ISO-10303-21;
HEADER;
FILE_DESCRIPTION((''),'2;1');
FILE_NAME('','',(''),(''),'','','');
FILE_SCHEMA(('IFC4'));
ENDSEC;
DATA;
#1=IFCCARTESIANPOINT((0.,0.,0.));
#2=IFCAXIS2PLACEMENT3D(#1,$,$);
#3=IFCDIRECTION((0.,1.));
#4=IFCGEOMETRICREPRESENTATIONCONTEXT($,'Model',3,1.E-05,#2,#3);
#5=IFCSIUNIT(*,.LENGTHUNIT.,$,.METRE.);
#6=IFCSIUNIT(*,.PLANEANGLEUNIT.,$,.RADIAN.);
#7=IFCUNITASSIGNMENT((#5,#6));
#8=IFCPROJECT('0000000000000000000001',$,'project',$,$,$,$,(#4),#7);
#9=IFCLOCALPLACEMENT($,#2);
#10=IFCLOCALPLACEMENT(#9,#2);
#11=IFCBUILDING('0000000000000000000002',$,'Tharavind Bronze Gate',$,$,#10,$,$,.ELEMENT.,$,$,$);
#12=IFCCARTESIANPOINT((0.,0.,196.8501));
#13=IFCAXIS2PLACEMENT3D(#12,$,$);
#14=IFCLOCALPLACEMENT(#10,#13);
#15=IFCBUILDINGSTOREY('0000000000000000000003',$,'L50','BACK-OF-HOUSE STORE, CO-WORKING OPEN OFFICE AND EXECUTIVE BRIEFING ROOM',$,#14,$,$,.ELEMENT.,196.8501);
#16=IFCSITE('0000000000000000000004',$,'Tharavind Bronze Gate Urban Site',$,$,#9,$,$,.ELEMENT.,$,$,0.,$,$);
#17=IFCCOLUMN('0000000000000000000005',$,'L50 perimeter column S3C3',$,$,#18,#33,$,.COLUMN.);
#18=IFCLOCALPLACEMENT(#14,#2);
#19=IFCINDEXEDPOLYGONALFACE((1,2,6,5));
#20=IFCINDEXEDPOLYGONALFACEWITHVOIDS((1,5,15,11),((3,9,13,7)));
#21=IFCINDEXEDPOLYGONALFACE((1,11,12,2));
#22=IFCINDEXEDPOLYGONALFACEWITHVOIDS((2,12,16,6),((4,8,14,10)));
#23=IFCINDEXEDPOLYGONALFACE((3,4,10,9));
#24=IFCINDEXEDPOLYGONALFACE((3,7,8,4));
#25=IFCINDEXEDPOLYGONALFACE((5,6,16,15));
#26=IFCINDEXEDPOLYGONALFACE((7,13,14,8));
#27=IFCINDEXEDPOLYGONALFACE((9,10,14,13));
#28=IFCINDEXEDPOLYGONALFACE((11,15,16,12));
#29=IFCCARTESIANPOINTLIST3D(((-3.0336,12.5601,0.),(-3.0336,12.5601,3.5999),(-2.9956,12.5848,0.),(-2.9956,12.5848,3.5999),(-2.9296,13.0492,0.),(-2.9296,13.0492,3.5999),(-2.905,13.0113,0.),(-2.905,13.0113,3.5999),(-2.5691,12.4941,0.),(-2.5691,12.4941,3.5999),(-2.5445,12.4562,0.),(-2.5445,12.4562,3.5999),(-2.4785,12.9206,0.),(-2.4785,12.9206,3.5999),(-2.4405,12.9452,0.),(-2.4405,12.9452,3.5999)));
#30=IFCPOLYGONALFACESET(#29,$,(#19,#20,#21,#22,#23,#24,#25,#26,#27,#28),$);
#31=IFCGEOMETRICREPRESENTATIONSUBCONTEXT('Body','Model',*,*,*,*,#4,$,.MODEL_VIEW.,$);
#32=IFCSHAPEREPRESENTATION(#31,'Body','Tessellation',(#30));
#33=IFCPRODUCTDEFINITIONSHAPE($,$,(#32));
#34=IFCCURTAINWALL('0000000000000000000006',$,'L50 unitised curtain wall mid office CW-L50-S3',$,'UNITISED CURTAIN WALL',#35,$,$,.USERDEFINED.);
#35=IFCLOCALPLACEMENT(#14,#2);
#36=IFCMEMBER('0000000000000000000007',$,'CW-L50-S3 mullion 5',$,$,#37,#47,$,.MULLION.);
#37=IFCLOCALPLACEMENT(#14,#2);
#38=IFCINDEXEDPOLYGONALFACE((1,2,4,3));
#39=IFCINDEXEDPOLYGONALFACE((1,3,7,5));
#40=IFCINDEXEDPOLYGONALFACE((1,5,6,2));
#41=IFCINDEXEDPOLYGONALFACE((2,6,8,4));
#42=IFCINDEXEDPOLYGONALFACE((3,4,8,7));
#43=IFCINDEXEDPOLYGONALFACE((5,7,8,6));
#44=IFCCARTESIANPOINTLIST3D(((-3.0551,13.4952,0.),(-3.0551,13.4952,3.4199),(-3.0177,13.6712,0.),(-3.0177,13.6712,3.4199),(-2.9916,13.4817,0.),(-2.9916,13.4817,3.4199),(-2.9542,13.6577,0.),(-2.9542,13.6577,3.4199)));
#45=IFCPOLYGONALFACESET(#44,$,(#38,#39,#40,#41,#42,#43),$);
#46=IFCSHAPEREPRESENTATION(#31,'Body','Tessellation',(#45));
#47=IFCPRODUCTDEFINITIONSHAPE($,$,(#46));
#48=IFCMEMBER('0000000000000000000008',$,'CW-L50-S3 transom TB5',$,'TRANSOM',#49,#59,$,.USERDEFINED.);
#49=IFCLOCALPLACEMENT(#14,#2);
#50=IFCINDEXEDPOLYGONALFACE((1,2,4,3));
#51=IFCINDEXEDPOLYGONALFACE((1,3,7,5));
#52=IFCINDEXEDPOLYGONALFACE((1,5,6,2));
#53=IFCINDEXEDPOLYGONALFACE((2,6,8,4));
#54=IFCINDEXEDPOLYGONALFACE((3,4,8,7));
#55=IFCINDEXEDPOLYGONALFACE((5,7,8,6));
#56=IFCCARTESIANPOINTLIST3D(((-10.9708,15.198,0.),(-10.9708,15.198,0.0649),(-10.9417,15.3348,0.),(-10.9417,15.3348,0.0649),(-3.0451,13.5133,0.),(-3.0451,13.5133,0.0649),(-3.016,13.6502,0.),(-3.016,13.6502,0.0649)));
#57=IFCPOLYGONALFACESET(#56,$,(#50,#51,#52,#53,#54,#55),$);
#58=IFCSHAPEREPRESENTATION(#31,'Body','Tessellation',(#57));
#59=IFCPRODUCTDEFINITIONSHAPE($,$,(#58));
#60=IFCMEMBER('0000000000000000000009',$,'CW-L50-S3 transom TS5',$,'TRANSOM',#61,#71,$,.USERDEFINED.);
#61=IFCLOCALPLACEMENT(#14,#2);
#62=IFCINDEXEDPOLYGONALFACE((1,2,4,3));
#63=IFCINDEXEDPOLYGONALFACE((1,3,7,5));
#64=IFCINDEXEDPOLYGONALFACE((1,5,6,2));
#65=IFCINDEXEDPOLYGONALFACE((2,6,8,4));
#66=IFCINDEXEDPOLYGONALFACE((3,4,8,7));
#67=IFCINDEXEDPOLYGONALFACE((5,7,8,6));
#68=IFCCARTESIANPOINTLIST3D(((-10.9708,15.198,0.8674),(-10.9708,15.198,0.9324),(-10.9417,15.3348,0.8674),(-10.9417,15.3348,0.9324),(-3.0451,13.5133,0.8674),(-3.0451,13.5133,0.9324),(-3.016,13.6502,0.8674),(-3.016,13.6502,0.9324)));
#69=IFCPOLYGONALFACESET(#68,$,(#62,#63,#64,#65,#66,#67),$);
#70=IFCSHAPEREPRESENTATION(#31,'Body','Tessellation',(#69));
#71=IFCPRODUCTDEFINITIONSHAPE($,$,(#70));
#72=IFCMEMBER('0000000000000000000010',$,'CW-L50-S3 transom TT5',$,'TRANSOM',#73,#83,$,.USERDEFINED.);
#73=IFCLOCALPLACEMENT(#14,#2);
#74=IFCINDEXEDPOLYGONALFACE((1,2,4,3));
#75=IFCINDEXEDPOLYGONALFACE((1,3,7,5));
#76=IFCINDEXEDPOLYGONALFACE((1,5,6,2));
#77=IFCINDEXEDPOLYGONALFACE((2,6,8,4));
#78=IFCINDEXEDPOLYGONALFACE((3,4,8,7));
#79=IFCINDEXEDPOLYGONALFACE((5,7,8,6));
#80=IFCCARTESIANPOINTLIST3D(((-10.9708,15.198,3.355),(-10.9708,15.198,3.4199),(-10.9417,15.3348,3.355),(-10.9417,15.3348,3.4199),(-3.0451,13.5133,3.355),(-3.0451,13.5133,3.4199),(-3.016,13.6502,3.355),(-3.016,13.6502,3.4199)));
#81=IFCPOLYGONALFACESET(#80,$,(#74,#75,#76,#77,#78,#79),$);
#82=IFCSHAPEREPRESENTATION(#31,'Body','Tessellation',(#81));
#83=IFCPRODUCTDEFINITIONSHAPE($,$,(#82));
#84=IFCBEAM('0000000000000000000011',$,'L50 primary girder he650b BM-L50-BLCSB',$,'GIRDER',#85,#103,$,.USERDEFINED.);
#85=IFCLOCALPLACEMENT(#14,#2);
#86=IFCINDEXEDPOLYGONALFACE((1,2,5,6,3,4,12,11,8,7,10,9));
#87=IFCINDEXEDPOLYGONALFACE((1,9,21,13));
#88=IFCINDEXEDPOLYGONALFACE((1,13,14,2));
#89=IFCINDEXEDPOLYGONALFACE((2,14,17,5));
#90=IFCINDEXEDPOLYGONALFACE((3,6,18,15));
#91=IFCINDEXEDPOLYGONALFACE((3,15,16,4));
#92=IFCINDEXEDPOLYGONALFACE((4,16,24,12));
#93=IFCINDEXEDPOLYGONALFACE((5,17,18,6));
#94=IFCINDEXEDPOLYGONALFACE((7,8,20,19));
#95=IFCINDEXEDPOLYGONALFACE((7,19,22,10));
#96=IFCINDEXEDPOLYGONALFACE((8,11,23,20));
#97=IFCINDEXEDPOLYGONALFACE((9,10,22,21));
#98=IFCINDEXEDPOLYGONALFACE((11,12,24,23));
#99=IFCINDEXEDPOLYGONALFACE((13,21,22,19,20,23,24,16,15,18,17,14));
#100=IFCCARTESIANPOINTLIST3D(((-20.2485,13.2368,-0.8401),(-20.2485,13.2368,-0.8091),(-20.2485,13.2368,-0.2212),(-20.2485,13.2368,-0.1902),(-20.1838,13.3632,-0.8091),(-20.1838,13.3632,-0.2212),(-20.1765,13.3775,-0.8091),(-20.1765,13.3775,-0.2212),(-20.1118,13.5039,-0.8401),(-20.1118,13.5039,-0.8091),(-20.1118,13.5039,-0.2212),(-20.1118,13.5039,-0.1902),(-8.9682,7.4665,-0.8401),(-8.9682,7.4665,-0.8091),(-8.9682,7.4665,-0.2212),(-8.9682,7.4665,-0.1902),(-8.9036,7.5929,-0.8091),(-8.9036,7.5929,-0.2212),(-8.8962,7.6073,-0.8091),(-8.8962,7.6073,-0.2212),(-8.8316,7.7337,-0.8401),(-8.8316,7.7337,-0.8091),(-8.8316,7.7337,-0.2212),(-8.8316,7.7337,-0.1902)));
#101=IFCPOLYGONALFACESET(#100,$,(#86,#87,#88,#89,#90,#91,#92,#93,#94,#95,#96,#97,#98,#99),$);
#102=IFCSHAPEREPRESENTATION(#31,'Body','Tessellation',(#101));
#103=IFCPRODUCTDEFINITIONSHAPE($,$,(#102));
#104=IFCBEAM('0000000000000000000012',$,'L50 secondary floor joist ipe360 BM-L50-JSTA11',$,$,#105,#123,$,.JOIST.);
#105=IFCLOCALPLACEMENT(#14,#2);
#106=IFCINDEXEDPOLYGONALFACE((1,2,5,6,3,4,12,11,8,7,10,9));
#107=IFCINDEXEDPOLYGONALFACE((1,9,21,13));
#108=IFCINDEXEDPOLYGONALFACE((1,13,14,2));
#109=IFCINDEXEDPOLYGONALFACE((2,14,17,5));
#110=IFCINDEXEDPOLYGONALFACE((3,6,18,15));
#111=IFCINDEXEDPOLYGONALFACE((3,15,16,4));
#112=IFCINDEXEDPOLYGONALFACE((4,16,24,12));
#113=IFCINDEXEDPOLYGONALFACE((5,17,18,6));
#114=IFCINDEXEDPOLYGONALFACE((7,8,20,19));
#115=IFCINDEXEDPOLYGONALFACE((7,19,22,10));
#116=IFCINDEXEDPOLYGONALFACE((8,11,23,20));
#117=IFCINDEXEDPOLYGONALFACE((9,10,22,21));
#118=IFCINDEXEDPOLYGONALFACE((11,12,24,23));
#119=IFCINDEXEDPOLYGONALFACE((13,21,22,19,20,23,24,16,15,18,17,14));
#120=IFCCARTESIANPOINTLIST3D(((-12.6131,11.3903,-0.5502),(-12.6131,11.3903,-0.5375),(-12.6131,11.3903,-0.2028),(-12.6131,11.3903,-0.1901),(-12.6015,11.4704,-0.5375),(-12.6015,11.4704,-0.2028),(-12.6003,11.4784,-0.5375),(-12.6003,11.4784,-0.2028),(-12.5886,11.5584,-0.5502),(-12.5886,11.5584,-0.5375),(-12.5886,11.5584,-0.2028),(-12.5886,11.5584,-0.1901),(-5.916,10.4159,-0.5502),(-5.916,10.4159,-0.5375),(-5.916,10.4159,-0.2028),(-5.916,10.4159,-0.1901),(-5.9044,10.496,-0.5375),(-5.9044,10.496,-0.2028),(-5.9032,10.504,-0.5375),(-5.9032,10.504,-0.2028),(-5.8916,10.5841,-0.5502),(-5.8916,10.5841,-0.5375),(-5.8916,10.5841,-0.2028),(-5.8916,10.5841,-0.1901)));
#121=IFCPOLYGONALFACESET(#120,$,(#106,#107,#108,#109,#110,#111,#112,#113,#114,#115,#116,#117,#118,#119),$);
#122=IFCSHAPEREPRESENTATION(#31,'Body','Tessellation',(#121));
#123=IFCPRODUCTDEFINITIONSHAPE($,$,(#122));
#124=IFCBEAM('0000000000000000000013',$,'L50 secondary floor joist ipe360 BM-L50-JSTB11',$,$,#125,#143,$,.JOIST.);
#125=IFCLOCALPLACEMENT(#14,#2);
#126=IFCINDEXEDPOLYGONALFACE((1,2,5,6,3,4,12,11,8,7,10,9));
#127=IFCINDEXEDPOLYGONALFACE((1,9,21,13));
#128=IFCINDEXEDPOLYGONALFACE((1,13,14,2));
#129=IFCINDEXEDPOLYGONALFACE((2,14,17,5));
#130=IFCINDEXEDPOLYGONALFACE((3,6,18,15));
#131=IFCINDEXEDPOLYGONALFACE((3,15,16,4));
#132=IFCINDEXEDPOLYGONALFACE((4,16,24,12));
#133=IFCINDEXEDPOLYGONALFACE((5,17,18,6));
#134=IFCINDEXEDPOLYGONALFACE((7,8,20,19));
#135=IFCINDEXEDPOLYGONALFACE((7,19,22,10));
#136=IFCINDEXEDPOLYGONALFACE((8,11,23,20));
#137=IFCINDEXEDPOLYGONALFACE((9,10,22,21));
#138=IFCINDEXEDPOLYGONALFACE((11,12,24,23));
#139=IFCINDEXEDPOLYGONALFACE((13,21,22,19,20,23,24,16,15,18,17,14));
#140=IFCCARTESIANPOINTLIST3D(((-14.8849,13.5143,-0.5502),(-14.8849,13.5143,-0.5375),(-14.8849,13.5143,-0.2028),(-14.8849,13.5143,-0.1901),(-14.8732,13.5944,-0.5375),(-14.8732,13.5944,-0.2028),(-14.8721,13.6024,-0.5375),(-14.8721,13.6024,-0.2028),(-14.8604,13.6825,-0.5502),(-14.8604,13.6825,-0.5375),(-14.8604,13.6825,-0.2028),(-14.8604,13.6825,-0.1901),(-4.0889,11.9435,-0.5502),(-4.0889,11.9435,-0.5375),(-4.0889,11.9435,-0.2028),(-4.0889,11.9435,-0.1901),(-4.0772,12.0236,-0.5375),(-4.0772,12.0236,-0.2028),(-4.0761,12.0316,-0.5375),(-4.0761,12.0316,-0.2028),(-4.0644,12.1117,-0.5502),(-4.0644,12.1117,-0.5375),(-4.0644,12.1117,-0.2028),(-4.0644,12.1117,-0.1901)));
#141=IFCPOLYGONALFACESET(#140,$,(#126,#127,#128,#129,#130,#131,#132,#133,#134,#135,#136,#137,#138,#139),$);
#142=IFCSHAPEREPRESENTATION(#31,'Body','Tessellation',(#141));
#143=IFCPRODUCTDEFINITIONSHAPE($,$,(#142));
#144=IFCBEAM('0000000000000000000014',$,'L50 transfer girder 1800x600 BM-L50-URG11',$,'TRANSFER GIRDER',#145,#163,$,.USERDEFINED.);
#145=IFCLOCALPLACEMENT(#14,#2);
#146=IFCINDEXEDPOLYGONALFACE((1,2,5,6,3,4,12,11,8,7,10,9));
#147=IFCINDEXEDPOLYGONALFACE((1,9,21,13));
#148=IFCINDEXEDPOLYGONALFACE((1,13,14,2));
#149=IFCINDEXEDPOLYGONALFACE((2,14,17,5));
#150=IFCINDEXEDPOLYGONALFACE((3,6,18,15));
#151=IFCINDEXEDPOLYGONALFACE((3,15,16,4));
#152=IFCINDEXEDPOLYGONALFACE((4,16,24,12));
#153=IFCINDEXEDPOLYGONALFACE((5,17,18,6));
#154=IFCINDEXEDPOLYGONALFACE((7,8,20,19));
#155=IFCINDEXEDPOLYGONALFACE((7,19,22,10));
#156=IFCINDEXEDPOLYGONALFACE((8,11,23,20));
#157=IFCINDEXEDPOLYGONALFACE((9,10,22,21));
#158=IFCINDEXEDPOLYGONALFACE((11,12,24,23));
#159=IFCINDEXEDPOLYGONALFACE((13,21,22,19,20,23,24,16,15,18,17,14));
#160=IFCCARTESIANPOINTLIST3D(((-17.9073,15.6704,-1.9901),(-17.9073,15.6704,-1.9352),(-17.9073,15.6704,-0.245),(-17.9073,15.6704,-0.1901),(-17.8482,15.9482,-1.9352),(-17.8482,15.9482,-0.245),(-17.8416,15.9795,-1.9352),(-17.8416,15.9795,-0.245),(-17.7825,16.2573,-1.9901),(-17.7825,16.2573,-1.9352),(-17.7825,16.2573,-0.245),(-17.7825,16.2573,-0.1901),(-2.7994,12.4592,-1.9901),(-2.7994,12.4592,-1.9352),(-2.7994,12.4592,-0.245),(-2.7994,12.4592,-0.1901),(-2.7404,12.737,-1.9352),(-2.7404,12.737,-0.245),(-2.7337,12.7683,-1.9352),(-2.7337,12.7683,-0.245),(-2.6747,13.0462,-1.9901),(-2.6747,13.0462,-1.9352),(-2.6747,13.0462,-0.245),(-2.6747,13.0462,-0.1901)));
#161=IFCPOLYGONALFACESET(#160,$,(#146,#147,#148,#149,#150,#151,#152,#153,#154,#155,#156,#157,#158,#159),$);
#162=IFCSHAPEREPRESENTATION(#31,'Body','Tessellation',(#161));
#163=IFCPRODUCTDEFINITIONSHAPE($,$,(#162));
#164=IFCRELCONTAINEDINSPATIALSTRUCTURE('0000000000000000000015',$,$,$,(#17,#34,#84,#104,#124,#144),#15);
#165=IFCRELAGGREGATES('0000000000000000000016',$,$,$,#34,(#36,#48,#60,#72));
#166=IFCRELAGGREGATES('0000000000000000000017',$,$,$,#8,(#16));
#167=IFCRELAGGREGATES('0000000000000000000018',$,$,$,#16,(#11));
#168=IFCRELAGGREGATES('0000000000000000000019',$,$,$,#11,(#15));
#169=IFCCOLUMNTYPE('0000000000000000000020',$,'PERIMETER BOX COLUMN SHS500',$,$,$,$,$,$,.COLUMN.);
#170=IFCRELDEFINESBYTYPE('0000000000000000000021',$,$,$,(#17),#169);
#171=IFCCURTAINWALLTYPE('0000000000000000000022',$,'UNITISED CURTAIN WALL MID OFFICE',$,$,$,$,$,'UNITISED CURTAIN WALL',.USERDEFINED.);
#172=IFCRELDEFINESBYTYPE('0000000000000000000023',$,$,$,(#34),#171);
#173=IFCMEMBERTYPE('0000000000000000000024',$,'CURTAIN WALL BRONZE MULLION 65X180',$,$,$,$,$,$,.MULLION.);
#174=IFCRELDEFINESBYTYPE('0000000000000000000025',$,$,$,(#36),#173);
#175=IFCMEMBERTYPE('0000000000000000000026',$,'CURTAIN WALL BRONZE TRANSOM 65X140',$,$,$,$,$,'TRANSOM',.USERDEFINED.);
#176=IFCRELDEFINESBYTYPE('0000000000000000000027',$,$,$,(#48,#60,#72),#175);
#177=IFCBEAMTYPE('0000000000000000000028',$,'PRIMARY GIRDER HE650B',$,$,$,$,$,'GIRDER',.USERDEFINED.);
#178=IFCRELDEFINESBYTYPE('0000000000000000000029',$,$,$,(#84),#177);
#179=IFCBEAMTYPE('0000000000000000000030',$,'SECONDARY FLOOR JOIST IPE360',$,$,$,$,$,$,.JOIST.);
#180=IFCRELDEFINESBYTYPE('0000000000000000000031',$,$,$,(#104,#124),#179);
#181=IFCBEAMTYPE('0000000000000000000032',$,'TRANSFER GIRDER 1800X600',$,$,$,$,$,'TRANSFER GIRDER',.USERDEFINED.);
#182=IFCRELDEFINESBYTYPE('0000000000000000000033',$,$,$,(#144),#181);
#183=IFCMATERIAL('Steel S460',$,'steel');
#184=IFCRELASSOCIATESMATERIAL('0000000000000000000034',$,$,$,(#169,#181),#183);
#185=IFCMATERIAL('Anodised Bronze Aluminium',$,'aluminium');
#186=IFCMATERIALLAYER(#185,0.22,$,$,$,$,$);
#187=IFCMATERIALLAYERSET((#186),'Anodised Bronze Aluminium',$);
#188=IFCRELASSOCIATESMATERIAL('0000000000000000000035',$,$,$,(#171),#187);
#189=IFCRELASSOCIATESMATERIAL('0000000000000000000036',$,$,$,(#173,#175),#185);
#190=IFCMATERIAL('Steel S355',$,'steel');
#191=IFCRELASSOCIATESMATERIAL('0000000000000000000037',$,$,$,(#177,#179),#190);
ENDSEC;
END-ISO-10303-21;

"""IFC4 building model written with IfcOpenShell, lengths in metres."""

from ifc_helpers import new_model, si_unit, direction, frame, origin, origin_2d, place, context, subcontext, project, spatial, rectangle, hollow_rectangle, i_section, extrude, material, layer, layer_set, material_profile, profile_set, type_object, element, aggregate, save


model = new_model("IFC4")

# Units and contexts
model_context = context("Model", 3, precision=1e-05, world=origin(), true_north=direction((0.0, 1.0)))
body_context = subcontext(model_context, "Body", "Model", "MODEL_VIEW")
ifc_project = project(units=[si_unit("LENGTHUNIT", "METRE"), si_unit("PLANEANGLEUNIT", "RADIAN")], contexts=[model_context])

# Site, building, storey
site_placement = place(None, origin())
site = spatial("IfcSite", under=ifc_project, at=site_placement, Name="Tharavind Bronze Gate Urban Site", CompositionType="ELEMENT", RefElevation=0.0)
building_placement = place(site_placement, origin())
building = spatial("IfcBuilding", under=site, at=building_placement, Name="Tharavind Bronze Gate", CompositionType="ELEMENT")
storey_placement = place(building_placement, frame((0.0, 0.0, 196.8501)))
storey = spatial("IfcBuildingStorey", under=building, at=storey_placement, Name="L50", Description="BACK-OF-HOUSE STORE, CO-WORKING OPEN OFFICE AND EXECUTIVE BRIEFING ROOM", CompositionType="ELEMENT", Elevation=196.8501)

# Column
ifc_material_1 = material(Name="Steel S460", Category="steel")
ifc_material_profile_1 = material_profile(ifc_material_1, hollow_rectangle(XDim=0.5, YDim=0.5, WallThickness=0.032, at=origin_2d()), Name="SHS500X32")
ifc_profile_set_1 = profile_set([ifc_material_profile_1], Name="Steel S460")
column_type = type_object("IfcColumnType", Name="PERIMETER BOX COLUMN SHS500", PredefinedType="COLUMN", material=ifc_profile_set_1)
column_placement = place(storey_placement, frame((-2.7371, 12.7527, 0.0), z_axis=(0.0, 0.0, 1.0), x_axis=(-0.978148, 0.207912, 0.0)))
element("IfcColumn", 1, at=column_placement, inside=storey, type_object=column_type, Name="L50 perimeter column S3C3", PredefinedType="COLUMN", context=body_context, shape_type="SweptSolid", body=[
    extrude(hollow_rectangle(XDim=0.5, YDim=0.5, WallThickness=0.032, at=origin_2d()), origin(), (0.0, 0.0, 1.0), 3.5999),
])

# Curtain wall, members
ifc_material_2 = material(Name="Anodised Bronze Aluminium", Category="aluminium")
ifc_layer_1 = layer(ifc_material_2, 0.22)
ifc_layer_set_1 = layer_set([ifc_layer_1], Name="Anodised Bronze Aluminium")
curtain_wall_type = type_object("IfcCurtainWallType", Name="UNITISED CURTAIN WALL MID OFFICE", ElementType="UNITISED CURTAIN WALL", PredefinedType="USERDEFINED", material=ifc_layer_set_1)
curtain_wall_placement = place(storey_placement, origin())
curtain_wall = element("IfcCurtainWall", 2, at=curtain_wall_placement, inside=storey, type_object=curtain_wall_type, Name="L50 unitised curtain wall mid office CW-L50-S3", ObjectType="UNITISED CURTAIN WALL", PredefinedType="USERDEFINED")
member_type_1 = type_object("IfcMemberType", Name="CURTAIN WALL BRONZE MULLION 65X180", PredefinedType="MULLION", material=ifc_material_2)
member_1_placement = place(storey_placement, frame((-3.0046, 13.5764, 0.0), z_axis=(0.0, 0.0, 1.0), x_axis=(-0.978148, 0.207912, 0.0)))
member_1 = element("IfcMember", 3, at=member_1_placement, type_object=member_type_1, Name="CW-L50-S3 mullion 5", PredefinedType="MULLION", context=body_context, shape_type="SweptSolid", body=[
    extrude(rectangle(XDim=0.0649, YDim=0.1799, at=origin_2d()), origin(), (0.0, 0.0, 1.0), 3.4199),
])
member_type_2 = type_object("IfcMemberType", Name="CURTAIN WALL BRONZE TRANSOM 65X140", ElementType="TRANSOM", PredefinedType="USERDEFINED", material=ifc_material_2)
member_2_placement = place(storey_placement, frame((-6.9934, 14.4241, 0.0), z_axis=(0.0, 0.0, 1.0), x_axis=(-0.978148, 0.207912, 0.0)))
member_2 = element("IfcMember", 4, at=member_2_placement, type_object=member_type_2, Name="CW-L50-S3 transom TB5", ObjectType="TRANSOM", PredefinedType="USERDEFINED", context=body_context, shape_type="SweptSolid", body=[
    extrude(rectangle(XDim=8.1028, YDim=0.1399, at=origin_2d()), origin(), (0.0, 0.0, 1.0), 0.0649),
])
member_3_placement = place(storey_placement, frame((-6.9934, 14.4241, 0.8674), z_axis=(0.0, 0.0, 1.0), x_axis=(-0.978148, 0.207912, 0.0)))
member_3 = element("IfcMember", 5, at=member_3_placement, type_object=member_type_2, Name="CW-L50-S3 transom TS5", ObjectType="TRANSOM", PredefinedType="USERDEFINED", context=body_context, shape_type="SweptSolid", body=[
    extrude(rectangle(XDim=8.1028, YDim=0.1399, at=origin_2d()), origin(), (0.0, 0.0, 1.0), 0.0649),
])
member_4_placement = place(storey_placement, frame((-6.9934, 14.4241, 3.355), z_axis=(0.0, 0.0, 1.0), x_axis=(-0.978148, 0.207912, 0.0)))
member_4 = element("IfcMember", 6, at=member_4_placement, type_object=member_type_2, Name="CW-L50-S3 transom TT5", ObjectType="TRANSOM", PredefinedType="USERDEFINED", context=body_context, shape_type="SweptSolid", body=[
    extrude(rectangle(XDim=8.1028, YDim=0.1399, at=origin_2d()), origin(), (0.0, 0.0, 1.0), 0.0649),
])

# Beams
ifc_material_3 = material(Name="Steel S355", Category="steel")
ifc_material_profile_2 = material_profile(ifc_material_3, i_section(OverallWidth=0.3, OverallDepth=0.6499, WebThickness=0.0161, FlangeThickness=0.031, at=origin_2d()), Name="HE650B")
ifc_profile_set_2 = profile_set([ifc_material_profile_2], Name="Steel S355")
beam_type_1 = type_object("IfcBeamType", Name="PRIMARY GIRDER HE650B", ElementType="GIRDER", PredefinedType="USERDEFINED", material=ifc_profile_set_2)
beam_1_placement = place(storey_placement, frame((-8.8999, 7.6001, -0.5151), z_axis=(-0.890281, 0.455411, 0.0), x_axis=(-0.455411, -0.890281, 0.0)))
element("IfcBeam", 7, at=beam_1_placement, inside=storey, type_object=beam_type_1, Name="L50 primary girder he650b BM-L50-BLCSB", ObjectType="GIRDER", PredefinedType="USERDEFINED", context=body_context, shape_type="SweptSolid", body=[
    extrude(i_section(OverallWidth=0.3, OverallDepth=0.6499, WebThickness=0.0161, FlangeThickness=0.031, at=origin_2d()), origin(), (0.0, 0.0, 1.0), 12.6704),
])
ifc_material_profile_3 = material_profile(ifc_material_3, i_section(OverallWidth=0.1699, OverallDepth=0.3601, WebThickness=0.0081, FlangeThickness=0.0127, at=origin_2d()), Name="IPE360")
ifc_profile_set_3 = profile_set([ifc_material_profile_3], Name="Steel S355")
beam_type_2 = type_object("IfcBeamType", Name="SECONDARY FLOOR JOIST IPE360", PredefinedType="JOIST", material=ifc_profile_set_3)
beam_2_placement = place(storey_placement, frame((-5.9038, 10.5, -0.3701), z_axis=(-0.989581, 0.143976, 0.0), x_axis=(-0.143976, -0.989581, 0.0)))
element("IfcBeam", 8, at=beam_2_placement, inside=storey, type_object=beam_type_2, Name="L50 secondary floor joist ipe360 BM-L50-JSTA11", PredefinedType="JOIST", context=body_context, shape_type="SweptSolid", body=[
    extrude(i_section(OverallWidth=0.1699, OverallDepth=0.3601, WebThickness=0.0081, FlangeThickness=0.0127, at=origin_2d()), origin(), (0.0, 0.0, 1.0), 6.7676),
])
beam_3_placement = place(storey_placement, frame((-4.0767, 12.0276, -0.3701), z_axis=(-0.98958, 0.143984, 0.0), x_axis=(-0.143984, -0.98958, 0.0)))
element("IfcBeam", 9, at=beam_3_placement, inside=storey, type_object=beam_type_2, Name="L50 secondary floor joist ipe360 BM-L50-JSTB11", PredefinedType="JOIST", context=body_context, shape_type="SweptSolid", body=[
    extrude(i_section(OverallWidth=0.1699, OverallDepth=0.3601, WebThickness=0.0081, FlangeThickness=0.0127, at=origin_2d()), origin(), (0.0, 0.0, 1.0), 10.9097),
])
ifc_material_profile_4 = material_profile(ifc_material_1, i_section(OverallWidth=0.6001, OverallDepth=1.8, WebThickness=0.032, FlangeThickness=0.0549, at=origin_2d()), Name="PG1800X600")
ifc_profile_set_4 = profile_set([ifc_material_profile_4], Name="Steel S460")
beam_type_3 = type_object("IfcBeamType", Name="TRANSFER GIRDER 1800X600", ElementType="TRANSFER GIRDER", PredefinedType="USERDEFINED", material=ifc_profile_set_4)
beam_4_placement = place(storey_placement, frame((-2.7371, 12.7527, -1.0901), z_axis=(-0.978149, 0.207905, 0.0), x_axis=(-0.207905, -0.978149, 0.0)))
element("IfcBeam", 10, at=beam_4_placement, inside=storey, type_object=beam_type_3, Name="L50 transfer girder 1800x600 BM-L50-URG11", ObjectType="TRANSFER GIRDER", PredefinedType="USERDEFINED", context=body_context, shape_type="SweptSolid", body=[
    extrude(i_section(OverallWidth=0.6001, OverallDepth=1.8, WebThickness=0.032, FlangeThickness=0.0549, at=origin_2d()), origin(), (0.0, 0.0, 1.0), 15.4453),
])

aggregate(curtain_wall, [member_1, member_2, member_3, member_4])

save(model, "model.ifc")
